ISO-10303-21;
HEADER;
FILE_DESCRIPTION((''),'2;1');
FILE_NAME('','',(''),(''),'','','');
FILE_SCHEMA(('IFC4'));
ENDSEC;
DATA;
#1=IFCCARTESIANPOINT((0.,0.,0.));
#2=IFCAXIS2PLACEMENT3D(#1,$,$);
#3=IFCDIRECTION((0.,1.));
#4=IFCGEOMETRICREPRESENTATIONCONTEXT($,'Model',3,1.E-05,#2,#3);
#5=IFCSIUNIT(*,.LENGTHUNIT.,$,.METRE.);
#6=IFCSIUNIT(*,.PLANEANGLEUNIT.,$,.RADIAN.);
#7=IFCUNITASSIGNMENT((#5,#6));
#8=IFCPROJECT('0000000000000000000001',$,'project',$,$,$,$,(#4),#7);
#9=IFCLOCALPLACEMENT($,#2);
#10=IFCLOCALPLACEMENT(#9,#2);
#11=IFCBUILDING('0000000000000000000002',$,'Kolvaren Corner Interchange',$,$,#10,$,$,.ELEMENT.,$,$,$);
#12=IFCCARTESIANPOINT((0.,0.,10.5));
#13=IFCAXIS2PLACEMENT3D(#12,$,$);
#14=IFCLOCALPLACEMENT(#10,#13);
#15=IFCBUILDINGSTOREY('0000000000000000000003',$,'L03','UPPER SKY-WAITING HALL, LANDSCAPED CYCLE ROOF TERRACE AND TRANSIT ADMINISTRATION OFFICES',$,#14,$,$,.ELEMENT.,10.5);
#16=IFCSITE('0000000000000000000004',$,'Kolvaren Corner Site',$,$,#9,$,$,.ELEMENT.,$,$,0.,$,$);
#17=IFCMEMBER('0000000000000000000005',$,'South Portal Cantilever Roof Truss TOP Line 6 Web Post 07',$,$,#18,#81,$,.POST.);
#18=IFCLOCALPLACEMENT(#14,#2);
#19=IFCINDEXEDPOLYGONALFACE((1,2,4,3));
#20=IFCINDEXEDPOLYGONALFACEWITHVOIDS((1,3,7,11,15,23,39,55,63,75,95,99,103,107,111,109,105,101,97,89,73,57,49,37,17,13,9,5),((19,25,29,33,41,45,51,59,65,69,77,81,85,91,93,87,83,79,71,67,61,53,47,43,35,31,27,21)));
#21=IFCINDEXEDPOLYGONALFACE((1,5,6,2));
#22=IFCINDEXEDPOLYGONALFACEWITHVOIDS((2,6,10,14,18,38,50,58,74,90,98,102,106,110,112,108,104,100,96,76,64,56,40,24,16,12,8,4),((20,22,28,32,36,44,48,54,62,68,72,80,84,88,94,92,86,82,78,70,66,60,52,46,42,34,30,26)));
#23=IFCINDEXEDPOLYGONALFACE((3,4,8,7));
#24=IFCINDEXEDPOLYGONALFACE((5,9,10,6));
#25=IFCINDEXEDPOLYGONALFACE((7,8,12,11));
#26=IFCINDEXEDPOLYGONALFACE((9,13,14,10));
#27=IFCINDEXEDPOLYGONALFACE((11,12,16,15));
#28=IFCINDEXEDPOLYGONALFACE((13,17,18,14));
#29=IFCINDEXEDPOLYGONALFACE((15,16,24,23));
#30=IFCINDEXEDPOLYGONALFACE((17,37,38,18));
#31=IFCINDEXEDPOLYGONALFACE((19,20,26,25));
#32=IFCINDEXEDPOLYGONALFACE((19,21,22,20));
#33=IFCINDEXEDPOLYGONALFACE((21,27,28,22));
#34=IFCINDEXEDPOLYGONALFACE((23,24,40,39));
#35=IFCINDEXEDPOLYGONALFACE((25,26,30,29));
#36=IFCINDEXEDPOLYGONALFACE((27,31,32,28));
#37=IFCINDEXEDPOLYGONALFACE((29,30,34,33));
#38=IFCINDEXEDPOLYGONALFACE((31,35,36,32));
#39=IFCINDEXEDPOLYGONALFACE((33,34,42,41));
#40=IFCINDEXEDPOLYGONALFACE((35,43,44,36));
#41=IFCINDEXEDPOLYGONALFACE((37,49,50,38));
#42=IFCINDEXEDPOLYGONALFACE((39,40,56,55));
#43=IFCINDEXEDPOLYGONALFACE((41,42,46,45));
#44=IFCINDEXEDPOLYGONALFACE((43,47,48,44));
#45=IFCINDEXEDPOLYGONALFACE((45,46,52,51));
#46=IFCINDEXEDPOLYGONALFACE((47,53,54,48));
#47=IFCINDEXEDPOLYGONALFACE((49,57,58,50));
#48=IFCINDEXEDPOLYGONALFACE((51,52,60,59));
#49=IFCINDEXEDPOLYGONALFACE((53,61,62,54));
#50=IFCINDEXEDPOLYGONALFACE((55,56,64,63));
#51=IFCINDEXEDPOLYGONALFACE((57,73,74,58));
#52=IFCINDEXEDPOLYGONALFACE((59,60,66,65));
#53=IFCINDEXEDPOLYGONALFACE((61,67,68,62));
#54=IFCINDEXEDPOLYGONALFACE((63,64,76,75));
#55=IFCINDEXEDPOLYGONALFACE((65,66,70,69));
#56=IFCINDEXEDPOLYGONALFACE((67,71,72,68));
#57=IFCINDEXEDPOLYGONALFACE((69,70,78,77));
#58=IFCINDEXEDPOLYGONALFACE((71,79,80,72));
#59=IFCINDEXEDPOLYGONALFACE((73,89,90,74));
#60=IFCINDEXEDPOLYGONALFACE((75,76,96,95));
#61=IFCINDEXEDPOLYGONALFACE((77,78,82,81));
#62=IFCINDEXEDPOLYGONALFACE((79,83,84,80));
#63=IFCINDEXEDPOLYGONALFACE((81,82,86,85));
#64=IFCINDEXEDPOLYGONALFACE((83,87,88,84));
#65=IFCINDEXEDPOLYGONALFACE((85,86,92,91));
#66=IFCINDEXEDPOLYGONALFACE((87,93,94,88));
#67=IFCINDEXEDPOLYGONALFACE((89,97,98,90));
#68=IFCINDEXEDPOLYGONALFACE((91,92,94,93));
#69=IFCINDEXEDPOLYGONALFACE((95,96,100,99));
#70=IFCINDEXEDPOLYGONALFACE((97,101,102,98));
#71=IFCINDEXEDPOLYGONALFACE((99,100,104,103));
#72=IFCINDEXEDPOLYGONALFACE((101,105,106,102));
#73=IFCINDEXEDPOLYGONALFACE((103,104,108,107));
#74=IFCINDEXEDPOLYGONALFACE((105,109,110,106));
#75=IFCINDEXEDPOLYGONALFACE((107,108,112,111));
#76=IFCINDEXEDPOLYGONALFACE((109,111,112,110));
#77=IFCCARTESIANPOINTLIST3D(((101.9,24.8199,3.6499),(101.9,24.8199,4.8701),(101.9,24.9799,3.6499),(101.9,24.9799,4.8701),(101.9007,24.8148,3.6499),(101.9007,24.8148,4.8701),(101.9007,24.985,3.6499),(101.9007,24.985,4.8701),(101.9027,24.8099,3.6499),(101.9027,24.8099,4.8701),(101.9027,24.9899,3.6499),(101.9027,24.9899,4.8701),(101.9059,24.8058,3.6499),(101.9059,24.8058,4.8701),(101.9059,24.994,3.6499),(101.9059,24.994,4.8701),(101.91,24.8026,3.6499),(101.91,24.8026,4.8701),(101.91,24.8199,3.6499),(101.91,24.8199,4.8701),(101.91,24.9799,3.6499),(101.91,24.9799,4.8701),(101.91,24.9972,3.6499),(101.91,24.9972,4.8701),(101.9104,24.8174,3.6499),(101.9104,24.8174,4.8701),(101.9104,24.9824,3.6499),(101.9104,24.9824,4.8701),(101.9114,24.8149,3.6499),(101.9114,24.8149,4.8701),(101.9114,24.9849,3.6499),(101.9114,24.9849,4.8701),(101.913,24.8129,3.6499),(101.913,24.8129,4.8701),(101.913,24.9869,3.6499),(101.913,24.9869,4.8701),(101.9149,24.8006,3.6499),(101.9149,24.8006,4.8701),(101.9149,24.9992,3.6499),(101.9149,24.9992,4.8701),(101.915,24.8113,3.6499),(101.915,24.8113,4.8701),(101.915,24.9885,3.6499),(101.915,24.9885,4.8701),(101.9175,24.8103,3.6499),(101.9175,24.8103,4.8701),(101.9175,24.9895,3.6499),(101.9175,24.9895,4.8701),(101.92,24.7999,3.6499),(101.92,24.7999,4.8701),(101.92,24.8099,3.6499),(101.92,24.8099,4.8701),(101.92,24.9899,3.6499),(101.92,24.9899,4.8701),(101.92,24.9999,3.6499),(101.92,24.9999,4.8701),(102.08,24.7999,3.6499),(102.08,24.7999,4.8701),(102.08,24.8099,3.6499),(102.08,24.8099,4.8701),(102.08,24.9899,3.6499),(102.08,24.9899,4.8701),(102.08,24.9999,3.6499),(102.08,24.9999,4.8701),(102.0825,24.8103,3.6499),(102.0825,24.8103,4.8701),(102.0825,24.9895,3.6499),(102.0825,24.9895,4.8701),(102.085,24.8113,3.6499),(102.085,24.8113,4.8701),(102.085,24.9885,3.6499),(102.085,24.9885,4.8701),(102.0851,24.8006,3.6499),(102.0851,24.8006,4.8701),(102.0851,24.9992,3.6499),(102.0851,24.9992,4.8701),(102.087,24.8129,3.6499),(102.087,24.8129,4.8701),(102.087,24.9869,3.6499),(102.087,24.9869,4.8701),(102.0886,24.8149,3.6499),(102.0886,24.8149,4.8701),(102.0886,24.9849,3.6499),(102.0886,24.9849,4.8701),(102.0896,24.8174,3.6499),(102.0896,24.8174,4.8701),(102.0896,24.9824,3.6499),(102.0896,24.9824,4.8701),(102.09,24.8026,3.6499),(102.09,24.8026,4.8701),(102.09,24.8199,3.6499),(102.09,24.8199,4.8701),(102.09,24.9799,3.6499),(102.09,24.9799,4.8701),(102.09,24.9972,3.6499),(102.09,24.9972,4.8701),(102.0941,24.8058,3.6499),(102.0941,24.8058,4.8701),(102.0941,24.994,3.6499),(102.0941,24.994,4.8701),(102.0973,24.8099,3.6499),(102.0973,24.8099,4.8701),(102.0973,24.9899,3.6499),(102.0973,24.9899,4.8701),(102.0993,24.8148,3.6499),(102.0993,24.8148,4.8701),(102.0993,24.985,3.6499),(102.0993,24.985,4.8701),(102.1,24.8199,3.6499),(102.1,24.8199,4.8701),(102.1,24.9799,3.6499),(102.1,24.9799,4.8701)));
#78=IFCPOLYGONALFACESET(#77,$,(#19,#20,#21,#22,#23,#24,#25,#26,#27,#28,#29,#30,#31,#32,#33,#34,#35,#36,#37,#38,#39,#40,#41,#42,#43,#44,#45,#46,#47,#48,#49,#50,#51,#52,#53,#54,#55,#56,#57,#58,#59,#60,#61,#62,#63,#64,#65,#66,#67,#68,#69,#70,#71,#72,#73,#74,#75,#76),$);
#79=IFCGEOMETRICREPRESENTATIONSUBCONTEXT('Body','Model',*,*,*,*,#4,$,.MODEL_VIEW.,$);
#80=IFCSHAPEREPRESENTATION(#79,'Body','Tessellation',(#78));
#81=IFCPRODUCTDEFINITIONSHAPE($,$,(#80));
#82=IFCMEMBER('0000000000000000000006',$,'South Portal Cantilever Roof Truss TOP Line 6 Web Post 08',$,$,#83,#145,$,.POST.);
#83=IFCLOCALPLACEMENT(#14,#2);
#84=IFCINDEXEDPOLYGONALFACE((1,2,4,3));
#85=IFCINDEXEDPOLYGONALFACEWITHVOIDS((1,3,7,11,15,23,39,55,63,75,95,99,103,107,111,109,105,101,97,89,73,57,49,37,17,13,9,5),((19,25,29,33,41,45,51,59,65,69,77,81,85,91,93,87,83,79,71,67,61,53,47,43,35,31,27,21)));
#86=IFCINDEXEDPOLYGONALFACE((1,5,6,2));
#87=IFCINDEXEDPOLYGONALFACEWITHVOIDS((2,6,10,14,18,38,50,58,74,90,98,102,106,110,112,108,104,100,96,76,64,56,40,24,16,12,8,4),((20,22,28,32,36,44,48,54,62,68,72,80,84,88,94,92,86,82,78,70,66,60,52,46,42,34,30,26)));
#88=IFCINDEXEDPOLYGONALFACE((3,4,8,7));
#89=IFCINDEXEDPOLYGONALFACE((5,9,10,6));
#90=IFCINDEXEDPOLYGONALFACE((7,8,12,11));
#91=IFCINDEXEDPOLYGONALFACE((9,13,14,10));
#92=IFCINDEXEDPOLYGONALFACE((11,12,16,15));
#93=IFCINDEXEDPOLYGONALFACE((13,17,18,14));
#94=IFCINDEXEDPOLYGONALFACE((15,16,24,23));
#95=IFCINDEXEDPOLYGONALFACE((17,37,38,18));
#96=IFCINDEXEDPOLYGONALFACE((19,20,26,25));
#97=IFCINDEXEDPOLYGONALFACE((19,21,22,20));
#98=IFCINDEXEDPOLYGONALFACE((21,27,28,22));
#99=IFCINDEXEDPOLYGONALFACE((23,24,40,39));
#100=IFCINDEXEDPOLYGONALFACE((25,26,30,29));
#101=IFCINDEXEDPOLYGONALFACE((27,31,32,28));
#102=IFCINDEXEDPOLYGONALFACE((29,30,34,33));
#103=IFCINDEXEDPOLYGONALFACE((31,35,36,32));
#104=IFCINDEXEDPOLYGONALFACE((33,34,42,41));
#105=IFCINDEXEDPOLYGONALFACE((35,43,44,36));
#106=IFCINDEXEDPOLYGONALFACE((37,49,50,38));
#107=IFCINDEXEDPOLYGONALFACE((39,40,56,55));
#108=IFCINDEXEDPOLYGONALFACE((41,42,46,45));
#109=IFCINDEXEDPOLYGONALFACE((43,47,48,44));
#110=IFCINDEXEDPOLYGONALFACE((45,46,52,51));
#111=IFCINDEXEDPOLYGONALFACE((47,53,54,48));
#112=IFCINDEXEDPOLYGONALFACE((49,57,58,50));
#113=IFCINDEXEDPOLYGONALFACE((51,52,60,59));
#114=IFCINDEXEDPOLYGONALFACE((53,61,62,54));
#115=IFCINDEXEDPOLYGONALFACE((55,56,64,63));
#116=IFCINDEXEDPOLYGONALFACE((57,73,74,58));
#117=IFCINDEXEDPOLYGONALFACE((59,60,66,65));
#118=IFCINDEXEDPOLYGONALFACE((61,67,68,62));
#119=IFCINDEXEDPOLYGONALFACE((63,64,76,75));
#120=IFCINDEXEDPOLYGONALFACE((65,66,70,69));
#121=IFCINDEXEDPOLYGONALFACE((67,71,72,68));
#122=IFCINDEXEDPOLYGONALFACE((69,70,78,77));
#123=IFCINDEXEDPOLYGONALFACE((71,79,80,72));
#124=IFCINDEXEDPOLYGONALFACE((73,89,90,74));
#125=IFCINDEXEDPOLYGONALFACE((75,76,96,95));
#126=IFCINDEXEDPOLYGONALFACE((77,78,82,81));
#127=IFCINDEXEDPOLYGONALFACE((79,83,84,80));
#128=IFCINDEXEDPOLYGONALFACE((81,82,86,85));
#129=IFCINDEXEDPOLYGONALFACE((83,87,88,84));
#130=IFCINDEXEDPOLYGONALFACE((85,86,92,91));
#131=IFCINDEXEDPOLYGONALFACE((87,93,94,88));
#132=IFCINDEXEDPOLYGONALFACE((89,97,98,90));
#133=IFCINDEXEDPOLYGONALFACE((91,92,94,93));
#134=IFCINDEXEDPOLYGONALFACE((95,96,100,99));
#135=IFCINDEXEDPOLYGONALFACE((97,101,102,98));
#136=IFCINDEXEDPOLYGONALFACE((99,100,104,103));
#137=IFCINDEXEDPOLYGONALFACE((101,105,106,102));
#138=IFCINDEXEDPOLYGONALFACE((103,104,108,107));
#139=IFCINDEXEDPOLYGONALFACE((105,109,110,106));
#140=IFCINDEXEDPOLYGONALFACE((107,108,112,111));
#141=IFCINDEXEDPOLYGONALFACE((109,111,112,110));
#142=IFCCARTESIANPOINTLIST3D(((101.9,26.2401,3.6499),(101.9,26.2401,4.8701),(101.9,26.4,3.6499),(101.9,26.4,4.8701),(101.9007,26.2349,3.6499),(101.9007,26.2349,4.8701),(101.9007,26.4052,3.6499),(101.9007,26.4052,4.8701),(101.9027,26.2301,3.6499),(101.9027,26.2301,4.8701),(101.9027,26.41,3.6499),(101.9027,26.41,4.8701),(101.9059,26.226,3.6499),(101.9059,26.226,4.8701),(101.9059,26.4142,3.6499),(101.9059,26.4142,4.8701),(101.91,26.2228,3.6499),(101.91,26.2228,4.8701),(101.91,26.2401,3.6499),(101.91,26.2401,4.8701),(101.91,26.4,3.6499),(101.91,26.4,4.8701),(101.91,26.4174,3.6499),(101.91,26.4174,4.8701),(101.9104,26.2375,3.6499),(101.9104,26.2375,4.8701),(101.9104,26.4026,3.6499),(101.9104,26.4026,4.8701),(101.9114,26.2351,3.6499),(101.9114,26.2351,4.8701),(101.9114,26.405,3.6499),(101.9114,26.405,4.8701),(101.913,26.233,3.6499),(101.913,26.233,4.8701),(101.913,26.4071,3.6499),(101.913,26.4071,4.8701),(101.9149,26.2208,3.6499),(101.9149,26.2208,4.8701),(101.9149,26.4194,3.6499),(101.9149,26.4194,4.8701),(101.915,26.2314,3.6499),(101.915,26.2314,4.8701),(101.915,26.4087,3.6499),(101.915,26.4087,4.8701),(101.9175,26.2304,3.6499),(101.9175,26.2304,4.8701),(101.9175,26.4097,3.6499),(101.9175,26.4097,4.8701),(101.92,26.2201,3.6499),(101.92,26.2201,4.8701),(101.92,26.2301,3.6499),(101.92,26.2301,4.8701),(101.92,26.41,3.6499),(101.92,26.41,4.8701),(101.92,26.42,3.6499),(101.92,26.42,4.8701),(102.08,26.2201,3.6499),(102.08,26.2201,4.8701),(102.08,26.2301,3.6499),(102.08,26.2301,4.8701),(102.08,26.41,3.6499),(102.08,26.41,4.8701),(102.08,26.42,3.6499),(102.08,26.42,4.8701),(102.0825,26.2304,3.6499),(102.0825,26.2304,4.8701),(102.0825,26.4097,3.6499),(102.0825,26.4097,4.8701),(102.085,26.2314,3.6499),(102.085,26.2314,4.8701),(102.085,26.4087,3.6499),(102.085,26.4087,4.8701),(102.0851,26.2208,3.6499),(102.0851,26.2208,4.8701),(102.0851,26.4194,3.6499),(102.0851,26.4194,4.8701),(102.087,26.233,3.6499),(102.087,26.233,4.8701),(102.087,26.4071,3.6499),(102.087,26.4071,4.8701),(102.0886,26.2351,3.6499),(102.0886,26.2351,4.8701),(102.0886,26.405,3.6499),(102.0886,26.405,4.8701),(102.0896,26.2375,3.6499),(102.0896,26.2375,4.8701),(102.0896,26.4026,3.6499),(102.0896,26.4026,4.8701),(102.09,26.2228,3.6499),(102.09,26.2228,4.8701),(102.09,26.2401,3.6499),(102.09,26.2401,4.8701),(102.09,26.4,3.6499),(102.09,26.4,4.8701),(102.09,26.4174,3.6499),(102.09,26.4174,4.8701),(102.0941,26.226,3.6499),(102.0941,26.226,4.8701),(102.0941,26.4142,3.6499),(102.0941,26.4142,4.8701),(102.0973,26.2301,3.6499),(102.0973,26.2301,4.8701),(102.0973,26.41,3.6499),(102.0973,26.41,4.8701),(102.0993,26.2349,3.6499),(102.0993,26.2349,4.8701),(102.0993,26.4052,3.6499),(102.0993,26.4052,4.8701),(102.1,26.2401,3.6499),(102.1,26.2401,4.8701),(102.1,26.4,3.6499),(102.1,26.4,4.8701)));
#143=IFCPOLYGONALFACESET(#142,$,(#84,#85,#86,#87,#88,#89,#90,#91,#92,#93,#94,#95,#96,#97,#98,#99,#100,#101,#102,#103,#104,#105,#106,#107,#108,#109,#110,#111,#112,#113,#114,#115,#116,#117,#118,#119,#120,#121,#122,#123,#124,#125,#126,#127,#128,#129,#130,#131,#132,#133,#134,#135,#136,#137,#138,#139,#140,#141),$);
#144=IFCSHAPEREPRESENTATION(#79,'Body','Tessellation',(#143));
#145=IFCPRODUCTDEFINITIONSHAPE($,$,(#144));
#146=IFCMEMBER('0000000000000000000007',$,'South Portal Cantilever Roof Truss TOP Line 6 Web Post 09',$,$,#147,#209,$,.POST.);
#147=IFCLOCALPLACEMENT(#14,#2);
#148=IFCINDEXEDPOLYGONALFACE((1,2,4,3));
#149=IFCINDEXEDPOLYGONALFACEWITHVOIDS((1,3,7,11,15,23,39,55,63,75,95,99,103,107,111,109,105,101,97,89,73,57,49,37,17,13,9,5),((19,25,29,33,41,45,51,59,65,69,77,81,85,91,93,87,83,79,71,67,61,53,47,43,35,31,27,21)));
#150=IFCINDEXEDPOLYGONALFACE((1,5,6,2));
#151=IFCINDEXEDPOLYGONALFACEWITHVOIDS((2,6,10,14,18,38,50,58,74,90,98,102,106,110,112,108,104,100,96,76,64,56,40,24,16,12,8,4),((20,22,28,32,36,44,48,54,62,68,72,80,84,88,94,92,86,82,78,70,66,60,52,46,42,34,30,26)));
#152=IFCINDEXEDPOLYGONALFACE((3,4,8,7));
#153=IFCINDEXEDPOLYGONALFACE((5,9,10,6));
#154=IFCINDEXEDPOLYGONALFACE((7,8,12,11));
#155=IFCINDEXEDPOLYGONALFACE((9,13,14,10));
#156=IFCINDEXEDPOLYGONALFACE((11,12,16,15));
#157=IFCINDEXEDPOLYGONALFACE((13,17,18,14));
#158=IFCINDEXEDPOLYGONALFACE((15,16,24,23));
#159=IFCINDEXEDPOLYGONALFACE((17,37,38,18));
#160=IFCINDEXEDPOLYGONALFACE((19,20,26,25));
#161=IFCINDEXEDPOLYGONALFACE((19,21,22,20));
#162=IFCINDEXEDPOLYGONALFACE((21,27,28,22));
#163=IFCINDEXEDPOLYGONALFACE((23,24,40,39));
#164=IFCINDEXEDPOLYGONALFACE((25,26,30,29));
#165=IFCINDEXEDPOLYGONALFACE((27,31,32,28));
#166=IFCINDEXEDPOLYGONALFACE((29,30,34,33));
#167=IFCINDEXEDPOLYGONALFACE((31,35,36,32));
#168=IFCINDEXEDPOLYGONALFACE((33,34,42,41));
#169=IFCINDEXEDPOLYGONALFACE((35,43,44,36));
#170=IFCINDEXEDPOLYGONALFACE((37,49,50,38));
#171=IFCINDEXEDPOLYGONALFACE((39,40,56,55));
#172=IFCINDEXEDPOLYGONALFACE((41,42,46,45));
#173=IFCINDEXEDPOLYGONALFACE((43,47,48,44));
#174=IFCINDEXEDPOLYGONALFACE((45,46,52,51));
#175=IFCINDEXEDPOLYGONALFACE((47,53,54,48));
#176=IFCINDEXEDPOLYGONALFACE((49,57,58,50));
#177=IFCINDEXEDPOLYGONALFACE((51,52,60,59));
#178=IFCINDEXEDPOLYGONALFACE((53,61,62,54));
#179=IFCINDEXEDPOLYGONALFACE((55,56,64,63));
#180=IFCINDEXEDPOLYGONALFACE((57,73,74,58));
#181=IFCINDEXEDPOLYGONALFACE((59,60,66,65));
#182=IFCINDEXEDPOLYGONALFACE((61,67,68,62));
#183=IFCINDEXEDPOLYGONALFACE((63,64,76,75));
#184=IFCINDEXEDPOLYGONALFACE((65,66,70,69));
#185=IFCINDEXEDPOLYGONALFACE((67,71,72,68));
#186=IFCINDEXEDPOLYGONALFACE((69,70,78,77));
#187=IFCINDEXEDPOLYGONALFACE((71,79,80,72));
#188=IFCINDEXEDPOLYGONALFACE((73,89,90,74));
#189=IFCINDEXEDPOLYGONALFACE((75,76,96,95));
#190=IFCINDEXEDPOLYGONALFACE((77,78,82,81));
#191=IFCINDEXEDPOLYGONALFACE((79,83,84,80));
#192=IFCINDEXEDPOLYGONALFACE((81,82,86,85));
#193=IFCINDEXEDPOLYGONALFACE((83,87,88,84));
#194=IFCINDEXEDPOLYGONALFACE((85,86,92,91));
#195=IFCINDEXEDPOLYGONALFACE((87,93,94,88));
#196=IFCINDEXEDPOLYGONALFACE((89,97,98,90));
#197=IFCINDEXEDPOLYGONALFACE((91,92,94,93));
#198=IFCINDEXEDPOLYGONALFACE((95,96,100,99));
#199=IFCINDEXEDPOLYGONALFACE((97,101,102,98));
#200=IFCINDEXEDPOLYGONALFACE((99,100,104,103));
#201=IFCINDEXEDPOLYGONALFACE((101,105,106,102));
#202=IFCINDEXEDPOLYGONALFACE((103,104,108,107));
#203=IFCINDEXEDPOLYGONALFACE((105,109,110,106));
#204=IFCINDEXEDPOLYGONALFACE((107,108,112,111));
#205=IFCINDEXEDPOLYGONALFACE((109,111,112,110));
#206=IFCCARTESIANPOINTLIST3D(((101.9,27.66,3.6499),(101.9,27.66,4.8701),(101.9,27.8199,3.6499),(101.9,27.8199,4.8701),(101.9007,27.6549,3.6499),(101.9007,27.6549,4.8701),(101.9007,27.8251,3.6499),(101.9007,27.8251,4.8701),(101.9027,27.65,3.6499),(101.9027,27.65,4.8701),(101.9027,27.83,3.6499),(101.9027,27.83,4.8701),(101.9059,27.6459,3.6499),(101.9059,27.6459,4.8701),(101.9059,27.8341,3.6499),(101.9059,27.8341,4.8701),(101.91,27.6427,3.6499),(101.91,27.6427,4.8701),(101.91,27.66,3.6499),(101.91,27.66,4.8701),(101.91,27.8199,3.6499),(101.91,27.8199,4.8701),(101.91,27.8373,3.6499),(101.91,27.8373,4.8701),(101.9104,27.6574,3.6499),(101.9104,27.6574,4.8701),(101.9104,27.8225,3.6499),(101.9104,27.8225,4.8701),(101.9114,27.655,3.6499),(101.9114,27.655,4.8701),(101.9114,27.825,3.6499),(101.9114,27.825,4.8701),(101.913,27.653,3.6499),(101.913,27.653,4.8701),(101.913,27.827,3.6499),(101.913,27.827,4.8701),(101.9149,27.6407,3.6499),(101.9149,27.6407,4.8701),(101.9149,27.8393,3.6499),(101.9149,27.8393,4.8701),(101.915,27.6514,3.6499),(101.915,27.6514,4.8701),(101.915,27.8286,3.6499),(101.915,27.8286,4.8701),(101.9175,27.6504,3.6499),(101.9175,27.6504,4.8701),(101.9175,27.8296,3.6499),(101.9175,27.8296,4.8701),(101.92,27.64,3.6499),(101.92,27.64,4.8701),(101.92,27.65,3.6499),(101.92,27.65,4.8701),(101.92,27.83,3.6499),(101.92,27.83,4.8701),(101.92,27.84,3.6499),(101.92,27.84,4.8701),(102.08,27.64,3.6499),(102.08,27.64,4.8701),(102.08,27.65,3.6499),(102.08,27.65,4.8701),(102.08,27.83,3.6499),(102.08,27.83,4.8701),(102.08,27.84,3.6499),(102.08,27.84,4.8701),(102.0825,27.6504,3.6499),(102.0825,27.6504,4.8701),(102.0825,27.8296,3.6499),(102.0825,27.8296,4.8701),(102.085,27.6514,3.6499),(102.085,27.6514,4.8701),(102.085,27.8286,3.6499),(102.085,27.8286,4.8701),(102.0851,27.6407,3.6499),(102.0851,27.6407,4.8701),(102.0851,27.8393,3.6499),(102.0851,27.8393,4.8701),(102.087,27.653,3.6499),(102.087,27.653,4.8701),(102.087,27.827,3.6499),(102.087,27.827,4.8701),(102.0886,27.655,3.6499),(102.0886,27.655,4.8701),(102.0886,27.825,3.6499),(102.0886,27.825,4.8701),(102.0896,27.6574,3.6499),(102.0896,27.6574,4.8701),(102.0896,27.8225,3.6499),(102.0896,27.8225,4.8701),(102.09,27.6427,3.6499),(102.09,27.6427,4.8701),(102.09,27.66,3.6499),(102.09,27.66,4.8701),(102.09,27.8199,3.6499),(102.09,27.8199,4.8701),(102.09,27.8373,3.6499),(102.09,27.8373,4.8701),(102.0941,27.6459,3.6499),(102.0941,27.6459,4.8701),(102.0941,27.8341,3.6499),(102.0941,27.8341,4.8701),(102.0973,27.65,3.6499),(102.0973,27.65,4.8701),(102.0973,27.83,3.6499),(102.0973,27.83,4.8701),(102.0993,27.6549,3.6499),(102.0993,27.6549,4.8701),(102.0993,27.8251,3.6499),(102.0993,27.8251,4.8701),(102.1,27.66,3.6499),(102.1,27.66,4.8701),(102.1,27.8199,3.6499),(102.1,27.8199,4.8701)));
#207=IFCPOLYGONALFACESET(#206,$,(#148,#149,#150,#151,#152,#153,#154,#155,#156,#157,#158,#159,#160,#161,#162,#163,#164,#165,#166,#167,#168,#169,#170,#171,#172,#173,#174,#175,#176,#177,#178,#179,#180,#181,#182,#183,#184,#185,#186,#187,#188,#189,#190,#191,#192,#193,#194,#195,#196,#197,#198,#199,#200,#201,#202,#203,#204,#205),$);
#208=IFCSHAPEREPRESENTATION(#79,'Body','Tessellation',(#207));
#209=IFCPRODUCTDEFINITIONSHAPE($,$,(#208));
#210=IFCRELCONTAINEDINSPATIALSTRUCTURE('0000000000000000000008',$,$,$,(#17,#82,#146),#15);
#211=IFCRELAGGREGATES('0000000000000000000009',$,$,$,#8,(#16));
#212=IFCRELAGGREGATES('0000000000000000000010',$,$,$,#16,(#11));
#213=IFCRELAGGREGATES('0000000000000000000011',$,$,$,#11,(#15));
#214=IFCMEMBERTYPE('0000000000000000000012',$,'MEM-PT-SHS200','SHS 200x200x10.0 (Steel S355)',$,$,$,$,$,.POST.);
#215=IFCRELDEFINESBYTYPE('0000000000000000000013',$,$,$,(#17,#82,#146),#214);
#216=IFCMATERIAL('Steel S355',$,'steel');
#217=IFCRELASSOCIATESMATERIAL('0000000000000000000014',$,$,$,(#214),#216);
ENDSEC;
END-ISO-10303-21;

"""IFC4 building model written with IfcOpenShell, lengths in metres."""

from ifc_helpers import new_model, si_unit, direction, frame, origin, origin_2d, place, context, subcontext, project, spatial, hollow_rectangle, extrude, material, material_profile, profile_set, type_object, element, save


model = new_model("IFC4")

# Units and contexts
model_context = context("Model", 3, precision=1e-05, world=origin(), true_north=direction((0.0, 1.0)))
body_context = subcontext(model_context, "Body", "Model", "MODEL_VIEW")
ifc_project = project(units=[si_unit("LENGTHUNIT", "METRE"), si_unit("PLANEANGLEUNIT", "RADIAN")], contexts=[model_context])

# Site, building, storey
site_placement = place(None, origin())
site = spatial("IfcSite", under=ifc_project, at=site_placement, Name="Kolvaren Corner Site", CompositionType="ELEMENT", RefElevation=0.0)
building_placement = place(site_placement, origin())
building = spatial("IfcBuilding", under=site, at=building_placement, Name="Kolvaren Corner Interchange", CompositionType="ELEMENT")
storey_placement = place(building_placement, frame((0.0, 0.0, 10.5)))
storey = spatial("IfcBuildingStorey", under=building, at=storey_placement, Name="L03", Description="UPPER SKY-WAITING HALL, LANDSCAPED CYCLE ROOF TERRACE AND TRANSIT ADMINISTRATION OFFICES", CompositionType="ELEMENT", Elevation=10.5)

# Members
ifc_material_1 = material(Name="Steel S355", Category="steel")
ifc_material_profile_1 = material_profile(ifc_material_1, hollow_rectangle(XDim=0.2, YDim=0.2, WallThickness=0.01, InnerFilletRadius=0.01, OuterFilletRadius=0.02, at=origin_2d()), Name="SHS 200x200x10.0")
ifc_profile_set_1 = profile_set([ifc_material_profile_1], Name="Steel S355")
member_type_1 = type_object("IfcMemberType", Name="MEM-PT-SHS200", Description="SHS 200x200x10.0 (Steel S355)", PredefinedType="POST", material=ifc_profile_set_1)
for number, where, z_axis, x_axis, name in (
    (1, (102.0, 24.8999, 3.6499), (0.0, 0.0, 1.0), (1.0, 0.0, 0.0), "South Portal Cantilever Roof Truss TOP Line 6 Web Post 07"),
    (2, (102.0, 26.3201, 3.6499), (0.0, 0.0, 1.0), (1.0, 0.0, 0.0), "South Portal Cantilever Roof Truss TOP Line 6 Web Post 08"),
    (3, (102.0, 27.74, 3.6499), (0.0, 0.0, 1.0), (1.0, 0.0, 0.0), "South Portal Cantilever Roof Truss TOP Line 6 Web Post 09"),
):
    element("IfcMember", number, at=place(storey_placement, frame(where, z_axis=z_axis, x_axis=x_axis)), inside=storey, type_object=member_type_1, Name=name, PredefinedType="POST", context=body_context, shape_type="SweptSolid", body=[
        extrude(hollow_rectangle(XDim=0.2, YDim=0.2, WallThickness=0.01, InnerFilletRadius=0.01, OuterFilletRadius=0.02, at=origin_2d()), origin(), (0.0, 0.0, 1.0), 1.2202),
    ])

save(model, "model.ifc")
